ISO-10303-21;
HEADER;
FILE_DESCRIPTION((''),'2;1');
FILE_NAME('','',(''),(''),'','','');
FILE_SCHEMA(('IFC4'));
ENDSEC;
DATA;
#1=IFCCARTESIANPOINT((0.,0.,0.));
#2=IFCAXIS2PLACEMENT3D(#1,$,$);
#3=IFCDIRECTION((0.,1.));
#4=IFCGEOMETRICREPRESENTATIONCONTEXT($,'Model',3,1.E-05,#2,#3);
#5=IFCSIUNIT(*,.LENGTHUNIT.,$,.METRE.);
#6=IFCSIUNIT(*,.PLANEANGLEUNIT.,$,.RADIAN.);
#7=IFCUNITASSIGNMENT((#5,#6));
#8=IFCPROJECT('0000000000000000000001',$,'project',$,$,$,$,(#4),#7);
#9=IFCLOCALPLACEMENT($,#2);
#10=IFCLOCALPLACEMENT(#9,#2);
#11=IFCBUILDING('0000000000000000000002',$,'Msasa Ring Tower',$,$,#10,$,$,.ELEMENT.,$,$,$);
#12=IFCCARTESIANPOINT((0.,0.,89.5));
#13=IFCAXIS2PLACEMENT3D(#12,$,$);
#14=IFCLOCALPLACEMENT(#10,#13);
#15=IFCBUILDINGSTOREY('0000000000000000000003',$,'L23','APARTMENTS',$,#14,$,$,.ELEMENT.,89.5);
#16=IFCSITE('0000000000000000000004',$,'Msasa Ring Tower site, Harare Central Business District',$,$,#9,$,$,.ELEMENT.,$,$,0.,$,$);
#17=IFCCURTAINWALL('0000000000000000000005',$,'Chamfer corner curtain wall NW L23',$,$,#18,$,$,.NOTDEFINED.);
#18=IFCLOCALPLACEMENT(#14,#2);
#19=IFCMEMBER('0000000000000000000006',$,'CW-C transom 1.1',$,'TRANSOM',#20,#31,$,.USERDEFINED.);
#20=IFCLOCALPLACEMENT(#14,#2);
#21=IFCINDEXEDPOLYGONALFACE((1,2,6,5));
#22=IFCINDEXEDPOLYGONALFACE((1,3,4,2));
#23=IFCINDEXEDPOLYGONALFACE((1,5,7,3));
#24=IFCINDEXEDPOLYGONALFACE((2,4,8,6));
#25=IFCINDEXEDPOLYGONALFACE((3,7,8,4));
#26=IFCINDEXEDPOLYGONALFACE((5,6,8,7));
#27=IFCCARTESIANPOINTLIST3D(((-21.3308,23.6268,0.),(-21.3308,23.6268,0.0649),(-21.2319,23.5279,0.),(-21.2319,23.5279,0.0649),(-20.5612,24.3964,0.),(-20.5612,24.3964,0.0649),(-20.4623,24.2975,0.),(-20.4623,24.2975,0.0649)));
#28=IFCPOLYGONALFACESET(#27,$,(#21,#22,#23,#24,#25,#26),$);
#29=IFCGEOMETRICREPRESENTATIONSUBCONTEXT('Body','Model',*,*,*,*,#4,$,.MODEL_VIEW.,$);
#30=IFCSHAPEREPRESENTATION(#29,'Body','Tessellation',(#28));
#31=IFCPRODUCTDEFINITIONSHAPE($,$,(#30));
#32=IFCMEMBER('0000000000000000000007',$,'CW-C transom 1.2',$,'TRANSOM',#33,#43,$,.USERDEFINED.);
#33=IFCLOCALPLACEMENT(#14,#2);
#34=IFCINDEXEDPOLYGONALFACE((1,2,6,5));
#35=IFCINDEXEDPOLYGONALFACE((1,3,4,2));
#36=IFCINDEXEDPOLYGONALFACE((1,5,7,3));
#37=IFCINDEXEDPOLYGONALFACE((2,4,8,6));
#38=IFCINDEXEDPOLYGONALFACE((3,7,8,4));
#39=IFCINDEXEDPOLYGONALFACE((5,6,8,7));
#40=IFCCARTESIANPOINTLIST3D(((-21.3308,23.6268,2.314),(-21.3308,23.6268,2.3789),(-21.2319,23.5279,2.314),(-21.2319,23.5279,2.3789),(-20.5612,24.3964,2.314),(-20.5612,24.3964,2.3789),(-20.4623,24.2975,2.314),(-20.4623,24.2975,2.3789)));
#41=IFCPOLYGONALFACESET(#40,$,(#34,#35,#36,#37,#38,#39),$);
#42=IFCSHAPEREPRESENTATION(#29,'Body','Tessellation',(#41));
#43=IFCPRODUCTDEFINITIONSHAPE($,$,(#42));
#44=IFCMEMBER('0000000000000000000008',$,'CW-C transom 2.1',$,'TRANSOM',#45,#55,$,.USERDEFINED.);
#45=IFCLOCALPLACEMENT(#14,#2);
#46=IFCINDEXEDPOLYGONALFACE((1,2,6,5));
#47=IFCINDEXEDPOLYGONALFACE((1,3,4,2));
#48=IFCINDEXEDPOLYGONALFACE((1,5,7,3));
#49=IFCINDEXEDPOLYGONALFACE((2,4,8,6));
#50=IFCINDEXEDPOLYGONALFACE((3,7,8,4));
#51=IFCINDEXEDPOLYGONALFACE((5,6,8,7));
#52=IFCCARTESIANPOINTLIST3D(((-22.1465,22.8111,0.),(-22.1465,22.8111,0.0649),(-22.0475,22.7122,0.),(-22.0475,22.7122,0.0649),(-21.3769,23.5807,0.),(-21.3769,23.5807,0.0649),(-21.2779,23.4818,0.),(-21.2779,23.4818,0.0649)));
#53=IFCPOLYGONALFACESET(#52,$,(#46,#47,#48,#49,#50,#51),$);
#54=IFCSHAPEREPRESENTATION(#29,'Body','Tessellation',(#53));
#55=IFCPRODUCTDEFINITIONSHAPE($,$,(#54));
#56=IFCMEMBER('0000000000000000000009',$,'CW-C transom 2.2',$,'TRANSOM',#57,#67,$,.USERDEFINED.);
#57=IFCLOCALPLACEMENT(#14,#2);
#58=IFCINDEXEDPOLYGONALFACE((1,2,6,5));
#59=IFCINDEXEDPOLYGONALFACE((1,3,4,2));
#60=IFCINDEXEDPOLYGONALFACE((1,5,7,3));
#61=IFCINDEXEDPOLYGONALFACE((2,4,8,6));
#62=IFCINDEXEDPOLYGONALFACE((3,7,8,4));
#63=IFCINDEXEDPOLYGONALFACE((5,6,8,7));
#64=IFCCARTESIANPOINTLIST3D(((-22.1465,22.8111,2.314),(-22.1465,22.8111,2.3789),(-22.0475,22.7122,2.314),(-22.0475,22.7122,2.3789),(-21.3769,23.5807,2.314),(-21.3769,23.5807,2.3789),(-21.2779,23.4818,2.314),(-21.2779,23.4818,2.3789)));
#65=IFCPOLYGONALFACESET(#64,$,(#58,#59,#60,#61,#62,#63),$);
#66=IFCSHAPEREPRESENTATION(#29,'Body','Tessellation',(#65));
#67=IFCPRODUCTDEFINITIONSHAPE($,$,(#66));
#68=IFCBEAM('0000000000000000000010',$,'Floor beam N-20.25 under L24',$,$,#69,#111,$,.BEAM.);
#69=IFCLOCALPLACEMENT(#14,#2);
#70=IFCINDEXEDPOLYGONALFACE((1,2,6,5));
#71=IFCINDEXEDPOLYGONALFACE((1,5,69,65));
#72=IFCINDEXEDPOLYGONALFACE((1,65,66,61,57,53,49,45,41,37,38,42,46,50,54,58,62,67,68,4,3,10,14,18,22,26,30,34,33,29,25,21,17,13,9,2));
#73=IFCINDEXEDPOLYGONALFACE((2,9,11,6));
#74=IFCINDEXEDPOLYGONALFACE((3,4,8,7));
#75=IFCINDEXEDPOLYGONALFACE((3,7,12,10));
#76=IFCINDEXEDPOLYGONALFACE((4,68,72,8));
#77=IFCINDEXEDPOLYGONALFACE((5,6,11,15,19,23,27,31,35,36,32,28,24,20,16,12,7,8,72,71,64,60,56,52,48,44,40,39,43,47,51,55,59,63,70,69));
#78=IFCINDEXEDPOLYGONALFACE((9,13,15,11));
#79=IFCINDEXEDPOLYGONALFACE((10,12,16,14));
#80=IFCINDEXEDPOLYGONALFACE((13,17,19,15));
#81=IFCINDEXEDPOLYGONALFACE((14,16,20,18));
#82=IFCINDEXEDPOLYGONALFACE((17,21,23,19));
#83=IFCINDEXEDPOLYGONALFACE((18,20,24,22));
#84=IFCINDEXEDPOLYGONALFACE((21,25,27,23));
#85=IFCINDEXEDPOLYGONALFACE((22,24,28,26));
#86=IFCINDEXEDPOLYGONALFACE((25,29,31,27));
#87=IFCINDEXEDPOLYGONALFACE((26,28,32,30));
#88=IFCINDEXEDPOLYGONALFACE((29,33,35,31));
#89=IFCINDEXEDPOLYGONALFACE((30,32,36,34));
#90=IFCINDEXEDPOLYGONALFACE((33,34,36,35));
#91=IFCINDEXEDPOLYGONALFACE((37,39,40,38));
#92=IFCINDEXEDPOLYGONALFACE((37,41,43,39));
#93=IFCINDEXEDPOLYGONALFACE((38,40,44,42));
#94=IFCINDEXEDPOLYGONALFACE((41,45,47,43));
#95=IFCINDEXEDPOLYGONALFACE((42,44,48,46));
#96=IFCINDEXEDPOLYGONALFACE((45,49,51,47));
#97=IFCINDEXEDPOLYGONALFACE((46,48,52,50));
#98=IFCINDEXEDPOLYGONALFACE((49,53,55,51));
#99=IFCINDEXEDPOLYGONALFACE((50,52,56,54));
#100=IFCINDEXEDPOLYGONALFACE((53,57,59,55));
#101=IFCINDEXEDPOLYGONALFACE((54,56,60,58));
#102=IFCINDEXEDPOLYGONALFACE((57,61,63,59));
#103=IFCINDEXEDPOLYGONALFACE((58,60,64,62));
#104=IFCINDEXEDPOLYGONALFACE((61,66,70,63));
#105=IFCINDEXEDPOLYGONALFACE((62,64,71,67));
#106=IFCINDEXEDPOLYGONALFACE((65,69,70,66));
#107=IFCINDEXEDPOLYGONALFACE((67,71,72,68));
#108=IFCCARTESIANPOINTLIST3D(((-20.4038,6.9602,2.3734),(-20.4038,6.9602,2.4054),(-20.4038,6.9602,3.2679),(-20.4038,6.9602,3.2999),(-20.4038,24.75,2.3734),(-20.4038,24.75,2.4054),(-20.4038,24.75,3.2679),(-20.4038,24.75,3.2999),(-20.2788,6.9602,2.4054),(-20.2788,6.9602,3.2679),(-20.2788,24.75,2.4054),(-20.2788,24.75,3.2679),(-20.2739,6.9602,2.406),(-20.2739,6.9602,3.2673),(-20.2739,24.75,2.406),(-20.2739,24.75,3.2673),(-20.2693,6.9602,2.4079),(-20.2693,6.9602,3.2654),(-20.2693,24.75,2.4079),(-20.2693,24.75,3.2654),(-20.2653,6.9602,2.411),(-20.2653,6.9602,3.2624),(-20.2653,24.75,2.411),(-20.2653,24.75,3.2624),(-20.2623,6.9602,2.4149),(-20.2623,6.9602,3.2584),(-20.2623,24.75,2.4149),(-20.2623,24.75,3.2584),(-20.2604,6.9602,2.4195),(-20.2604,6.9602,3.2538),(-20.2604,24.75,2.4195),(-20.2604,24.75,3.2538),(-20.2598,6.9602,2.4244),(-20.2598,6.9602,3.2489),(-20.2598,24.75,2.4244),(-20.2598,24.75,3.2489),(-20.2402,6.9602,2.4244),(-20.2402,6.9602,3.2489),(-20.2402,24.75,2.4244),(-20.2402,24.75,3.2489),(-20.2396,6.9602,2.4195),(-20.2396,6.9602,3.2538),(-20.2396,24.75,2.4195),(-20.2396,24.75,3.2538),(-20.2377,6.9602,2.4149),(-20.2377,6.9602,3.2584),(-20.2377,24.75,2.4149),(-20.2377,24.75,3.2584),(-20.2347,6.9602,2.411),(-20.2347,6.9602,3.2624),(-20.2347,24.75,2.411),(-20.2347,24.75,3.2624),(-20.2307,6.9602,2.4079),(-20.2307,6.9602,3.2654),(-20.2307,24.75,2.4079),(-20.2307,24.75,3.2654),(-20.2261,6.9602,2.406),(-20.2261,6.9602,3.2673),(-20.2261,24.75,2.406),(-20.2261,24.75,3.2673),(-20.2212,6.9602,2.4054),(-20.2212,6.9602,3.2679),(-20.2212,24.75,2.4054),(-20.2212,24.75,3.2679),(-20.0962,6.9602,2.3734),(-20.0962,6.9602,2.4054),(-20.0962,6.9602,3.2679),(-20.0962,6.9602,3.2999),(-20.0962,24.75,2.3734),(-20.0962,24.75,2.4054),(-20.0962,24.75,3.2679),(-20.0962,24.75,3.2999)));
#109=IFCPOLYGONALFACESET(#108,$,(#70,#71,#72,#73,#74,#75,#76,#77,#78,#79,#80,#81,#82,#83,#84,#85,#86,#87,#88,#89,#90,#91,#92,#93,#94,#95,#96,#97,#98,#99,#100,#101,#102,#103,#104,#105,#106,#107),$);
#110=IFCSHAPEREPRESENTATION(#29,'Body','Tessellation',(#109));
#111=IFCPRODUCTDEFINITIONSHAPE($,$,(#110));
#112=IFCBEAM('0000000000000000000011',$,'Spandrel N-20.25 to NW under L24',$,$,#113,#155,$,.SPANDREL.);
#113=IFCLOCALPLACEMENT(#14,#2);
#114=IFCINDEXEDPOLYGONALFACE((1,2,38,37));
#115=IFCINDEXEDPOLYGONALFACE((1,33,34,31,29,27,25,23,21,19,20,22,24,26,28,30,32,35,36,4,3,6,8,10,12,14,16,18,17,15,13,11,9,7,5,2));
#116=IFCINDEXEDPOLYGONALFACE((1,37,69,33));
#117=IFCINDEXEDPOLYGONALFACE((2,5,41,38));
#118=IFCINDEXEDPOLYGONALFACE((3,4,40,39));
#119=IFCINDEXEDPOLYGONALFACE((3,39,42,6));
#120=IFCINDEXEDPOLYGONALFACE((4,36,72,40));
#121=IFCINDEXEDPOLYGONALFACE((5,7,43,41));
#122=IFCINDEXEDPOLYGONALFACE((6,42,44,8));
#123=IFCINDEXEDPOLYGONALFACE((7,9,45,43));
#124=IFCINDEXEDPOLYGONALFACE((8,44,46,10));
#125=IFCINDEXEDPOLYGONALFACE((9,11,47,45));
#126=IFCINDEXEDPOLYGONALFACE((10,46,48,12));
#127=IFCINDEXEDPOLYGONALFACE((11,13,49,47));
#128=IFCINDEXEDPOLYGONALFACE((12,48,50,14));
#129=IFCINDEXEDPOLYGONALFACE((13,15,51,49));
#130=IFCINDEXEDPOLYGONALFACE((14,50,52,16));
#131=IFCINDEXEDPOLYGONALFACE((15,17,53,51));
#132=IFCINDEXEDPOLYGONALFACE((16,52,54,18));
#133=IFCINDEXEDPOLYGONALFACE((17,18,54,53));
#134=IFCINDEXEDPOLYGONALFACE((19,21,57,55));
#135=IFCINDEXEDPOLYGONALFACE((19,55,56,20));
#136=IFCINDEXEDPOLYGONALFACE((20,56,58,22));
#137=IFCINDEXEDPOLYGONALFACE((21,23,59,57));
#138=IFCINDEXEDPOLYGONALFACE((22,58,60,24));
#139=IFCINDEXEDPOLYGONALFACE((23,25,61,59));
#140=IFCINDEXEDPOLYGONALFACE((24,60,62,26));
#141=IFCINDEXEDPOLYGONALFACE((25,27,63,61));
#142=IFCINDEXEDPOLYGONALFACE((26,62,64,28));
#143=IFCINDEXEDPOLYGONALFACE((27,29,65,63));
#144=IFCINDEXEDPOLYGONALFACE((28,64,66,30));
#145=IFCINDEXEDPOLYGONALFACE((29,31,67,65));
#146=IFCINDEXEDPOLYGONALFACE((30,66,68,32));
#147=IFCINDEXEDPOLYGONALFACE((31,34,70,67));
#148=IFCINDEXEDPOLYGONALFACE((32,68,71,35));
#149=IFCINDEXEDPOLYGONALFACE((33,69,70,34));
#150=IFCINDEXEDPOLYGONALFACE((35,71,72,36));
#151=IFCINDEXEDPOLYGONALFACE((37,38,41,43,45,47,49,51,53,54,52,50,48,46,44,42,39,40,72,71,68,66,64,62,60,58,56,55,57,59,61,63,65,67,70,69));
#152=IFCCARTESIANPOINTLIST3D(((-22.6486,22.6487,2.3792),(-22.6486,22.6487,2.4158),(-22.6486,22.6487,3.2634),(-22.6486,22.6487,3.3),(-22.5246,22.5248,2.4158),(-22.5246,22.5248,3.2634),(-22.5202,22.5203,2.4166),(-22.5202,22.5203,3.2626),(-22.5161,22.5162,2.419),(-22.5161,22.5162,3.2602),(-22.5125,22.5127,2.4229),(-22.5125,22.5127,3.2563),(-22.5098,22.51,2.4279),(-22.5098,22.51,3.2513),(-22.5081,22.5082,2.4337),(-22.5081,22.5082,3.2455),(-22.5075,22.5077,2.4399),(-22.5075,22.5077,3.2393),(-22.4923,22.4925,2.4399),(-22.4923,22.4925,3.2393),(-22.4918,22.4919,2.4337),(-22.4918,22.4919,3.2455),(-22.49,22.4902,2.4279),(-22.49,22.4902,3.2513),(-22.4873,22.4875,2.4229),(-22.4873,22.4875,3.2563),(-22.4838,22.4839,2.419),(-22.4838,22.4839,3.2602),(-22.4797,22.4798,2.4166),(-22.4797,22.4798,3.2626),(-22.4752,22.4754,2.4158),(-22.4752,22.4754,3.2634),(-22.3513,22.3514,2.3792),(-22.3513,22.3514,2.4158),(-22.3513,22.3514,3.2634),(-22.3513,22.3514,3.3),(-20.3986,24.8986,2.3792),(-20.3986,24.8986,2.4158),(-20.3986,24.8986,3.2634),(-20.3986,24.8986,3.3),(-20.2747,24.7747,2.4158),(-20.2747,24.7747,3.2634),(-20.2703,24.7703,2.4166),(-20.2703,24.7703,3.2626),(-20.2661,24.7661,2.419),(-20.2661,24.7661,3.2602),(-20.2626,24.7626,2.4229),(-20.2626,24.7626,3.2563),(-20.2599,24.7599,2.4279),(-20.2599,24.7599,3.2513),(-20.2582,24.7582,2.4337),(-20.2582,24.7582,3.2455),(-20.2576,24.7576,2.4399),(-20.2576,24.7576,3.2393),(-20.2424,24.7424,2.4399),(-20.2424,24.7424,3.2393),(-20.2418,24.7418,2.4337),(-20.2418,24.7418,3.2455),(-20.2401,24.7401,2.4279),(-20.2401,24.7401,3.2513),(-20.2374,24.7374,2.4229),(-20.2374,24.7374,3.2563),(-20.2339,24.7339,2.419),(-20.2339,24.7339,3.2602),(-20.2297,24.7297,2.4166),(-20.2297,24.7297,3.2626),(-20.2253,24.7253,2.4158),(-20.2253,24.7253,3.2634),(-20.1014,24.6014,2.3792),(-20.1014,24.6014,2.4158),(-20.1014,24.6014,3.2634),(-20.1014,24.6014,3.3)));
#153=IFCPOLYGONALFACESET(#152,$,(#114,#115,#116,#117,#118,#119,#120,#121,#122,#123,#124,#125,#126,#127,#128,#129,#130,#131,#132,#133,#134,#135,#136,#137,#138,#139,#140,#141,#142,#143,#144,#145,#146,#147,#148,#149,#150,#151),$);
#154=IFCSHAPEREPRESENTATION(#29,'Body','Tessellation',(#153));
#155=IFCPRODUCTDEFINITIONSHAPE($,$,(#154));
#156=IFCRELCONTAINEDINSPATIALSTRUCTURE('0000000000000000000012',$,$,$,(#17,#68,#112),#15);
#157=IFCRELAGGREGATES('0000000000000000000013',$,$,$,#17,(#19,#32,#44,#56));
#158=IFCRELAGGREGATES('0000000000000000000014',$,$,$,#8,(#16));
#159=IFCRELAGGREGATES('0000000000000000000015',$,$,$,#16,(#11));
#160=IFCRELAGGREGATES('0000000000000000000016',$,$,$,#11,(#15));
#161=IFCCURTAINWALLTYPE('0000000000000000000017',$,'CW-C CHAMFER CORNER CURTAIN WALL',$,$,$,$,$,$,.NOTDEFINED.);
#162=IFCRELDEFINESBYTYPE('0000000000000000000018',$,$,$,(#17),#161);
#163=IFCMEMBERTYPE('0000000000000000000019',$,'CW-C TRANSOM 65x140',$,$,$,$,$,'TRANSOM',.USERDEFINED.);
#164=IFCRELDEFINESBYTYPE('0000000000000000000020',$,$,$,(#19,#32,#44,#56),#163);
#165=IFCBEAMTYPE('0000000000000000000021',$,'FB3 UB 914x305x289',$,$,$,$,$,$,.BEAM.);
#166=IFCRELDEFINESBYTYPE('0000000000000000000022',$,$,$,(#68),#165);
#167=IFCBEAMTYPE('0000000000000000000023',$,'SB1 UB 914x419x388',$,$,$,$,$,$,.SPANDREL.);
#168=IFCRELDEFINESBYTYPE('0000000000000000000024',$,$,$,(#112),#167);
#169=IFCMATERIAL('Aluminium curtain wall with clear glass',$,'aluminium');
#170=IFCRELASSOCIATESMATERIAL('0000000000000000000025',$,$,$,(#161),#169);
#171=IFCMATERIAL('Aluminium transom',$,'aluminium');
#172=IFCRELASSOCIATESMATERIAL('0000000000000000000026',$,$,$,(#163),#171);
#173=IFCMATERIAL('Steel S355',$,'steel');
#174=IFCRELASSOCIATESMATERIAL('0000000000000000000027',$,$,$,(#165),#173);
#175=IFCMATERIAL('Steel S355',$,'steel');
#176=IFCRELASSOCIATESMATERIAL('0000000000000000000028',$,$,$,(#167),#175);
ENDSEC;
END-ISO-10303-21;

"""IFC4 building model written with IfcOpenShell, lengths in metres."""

from ifc_helpers import new_model, si_unit, direction, frame, origin, origin_2d, place, context, subcontext, project, spatial, rectangle, i_section, extrude, material, material_profile, profile_set, type_object, element, aggregate, save


model = new_model("IFC4")

# Units and contexts
model_context = context("Model", 3, precision=1e-05, world=origin(), true_north=direction((0.0, 1.0)))
body_context = subcontext(model_context, "Body", "Model", "MODEL_VIEW")
ifc_project = project(units=[si_unit("LENGTHUNIT", "METRE"), si_unit("PLANEANGLEUNIT", "RADIAN")], contexts=[model_context])

# Site, building, storey
site_placement = place(None, origin())
site = spatial("IfcSite", under=ifc_project, at=site_placement, Name="Msasa Ring Tower site, Harare Central Business District", CompositionType="ELEMENT", RefElevation=0.0)
building_placement = place(site_placement, origin())
building = spatial("IfcBuilding", under=site, at=building_placement, Name="Msasa Ring Tower", CompositionType="ELEMENT")
storey_placement = place(building_placement, frame((0.0, 0.0, 89.5)))
storey = spatial("IfcBuildingStorey", under=building, at=storey_placement, Name="L23", Description="APARTMENTS", CompositionType="ELEMENT", Elevation=89.5)

# Curtain wall
ifc_material_1 = material(Name="Aluminium curtain wall with clear glass", Category="aluminium")
curtain_wall_type = type_object("IfcCurtainWallType", Name="CW-C CHAMFER CORNER CURTAIN WALL", PredefinedType="NOTDEFINED", material=ifc_material_1)
curtain_wall_1_placement = place(storey_placement, origin())
curtain_wall_1 = element("IfcCurtainWall", 1, at=curtain_wall_1_placement, inside=storey, type_object=curtain_wall_type, Name="Chamfer corner curtain wall NW L23", PredefinedType="NOTDEFINED")

# Members
ifc_material_2 = material(Name="Aluminium transom", Category="aluminium")
ifc_material_profile_1 = material_profile(ifc_material_2, rectangle(XDim=0.1399, YDim=0.0649, at=origin_2d()), Name="AL 65x140")
ifc_profile_set_1 = profile_set([ifc_material_profile_1], Name="Aluminium transom")
member_type_1 = type_object("IfcMemberType", Name="CW-C TRANSOM 65x140", ElementType="TRANSOM", PredefinedType="USERDEFINED", material=ifc_profile_set_1)
member_1_placement = place(storey_placement, frame((-20.5117, 24.3469, 0.0325), z_axis=(-0.707107, -0.707107, 0.0), x_axis=(0.707107, -0.707107, 0.0)))
member_1 = element("IfcMember", 2, at=member_1_placement, type_object=member_type_1, Name="CW-C transom 1.1", ObjectType="TRANSOM", PredefinedType="USERDEFINED", context=body_context, shape_type="SweptSolid", body=[
    extrude(rectangle(XDim=0.1399, YDim=0.0649, at=origin_2d()), origin(), (0.0, 0.0, 1.0), 1.0884),
])
member_2_placement = place(storey_placement, frame((-20.5117, 24.3469, 2.3464), z_axis=(-0.707107, -0.707107, 0.0), x_axis=(0.707107, -0.707107, 0.0)))
member_2 = element("IfcMember", 3, at=member_2_placement, type_object=member_type_1, Name="CW-C transom 1.2", ObjectType="TRANSOM", PredefinedType="USERDEFINED", context=body_context, shape_type="SweptSolid", body=[
    extrude(rectangle(XDim=0.1399, YDim=0.0649, at=origin_2d()), origin(), (0.0, 0.0, 1.0), 1.0884),
])
member_3_placement = place(storey_placement, frame((-21.3274, 23.5312, 0.0325), z_axis=(-0.707107, -0.707107, 0.0), x_axis=(0.707107, -0.707107, 0.0)))
member_3 = element("IfcMember", 4, at=member_3_placement, type_object=member_type_1, Name="CW-C transom 2.1", ObjectType="TRANSOM", PredefinedType="USERDEFINED", context=body_context, shape_type="SweptSolid", body=[
    extrude(rectangle(XDim=0.1399, YDim=0.0649, at=origin_2d()), origin(), (0.0, 0.0, 1.0), 1.0884),
])
member_4_placement = place(storey_placement, frame((-21.3274, 23.5312, 2.3464), z_axis=(-0.707107, -0.707107, 0.0), x_axis=(0.707107, -0.707107, 0.0)))
member_4 = element("IfcMember", 5, at=member_4_placement, type_object=member_type_1, Name="CW-C transom 2.2", ObjectType="TRANSOM", PredefinedType="USERDEFINED", context=body_context, shape_type="SweptSolid", body=[
    extrude(rectangle(XDim=0.1399, YDim=0.0649, at=origin_2d()), origin(), (0.0, 0.0, 1.0), 1.0884),
])

# Beams
ifc_material_3 = material(Name="Steel S355", Category="steel")
ifc_material_profile_2 = material_profile(ifc_material_3, i_section(OverallWidth=0.3076, OverallDepth=0.9265, WebThickness=0.0195, FlangeThickness=0.032, FilletRadius=0.019, at=origin_2d()), Name="UB 914x305x289")
ifc_profile_set_2 = profile_set([ifc_material_profile_2], Name="Steel S355")
beam_type_1 = type_object("IfcBeamType", Name="FB3 UB 914x305x289", PredefinedType="BEAM", material=ifc_profile_set_2)
beam_placement = place(storey_placement, frame((-20.25, 24.75, 2.8367), z_axis=(0.0, -1.0, 0.0), x_axis=(1.0, 0.0, 0.0)))
element("IfcBeam", 6, at=beam_placement, inside=storey, type_object=beam_type_1, Name="Floor beam N-20.25 under L24", PredefinedType="BEAM", context=body_context, shape_type="SweptSolid", body=[
    extrude(i_section(OverallWidth=0.3076, OverallDepth=0.9265, WebThickness=0.0195, FlangeThickness=0.032, FilletRadius=0.019, at=origin_2d()), origin(), (0.0, 0.0, 1.0), 17.7898),
])
ifc_material_4 = material(Name="Steel S355", Category="steel")
ifc_material_profile_3 = material_profile(ifc_material_4, i_section(OverallWidth=0.4204, OverallDepth=0.9209, WebThickness=0.0215, FlangeThickness=0.0366, FilletRadius=0.0242, at=origin_2d()), Name="UB 914x419x388")
ifc_profile_set_3 = profile_set([ifc_material_profile_3], Name="Steel S355")
beam_type_2 = type_object("IfcBeamType", Name="SB1 UB 914x419x388", PredefinedType="SPANDREL", material=ifc_profile_set_3)
for number, where, z_axis, x_axis, name in (
    (7, (-20.25, 24.75, 2.8396), (-0.707107, -0.707107, 0.0), (0.707107, -0.707107, 0.0), "Spandrel N-20.25 to NW under L24"),
):
    element("IfcBeam", number, at=place(storey_placement, frame(where, z_axis=z_axis, x_axis=x_axis)), inside=storey, type_object=beam_type_2, Name=name, PredefinedType="SPANDREL", context=body_context, shape_type="SweptSolid", body=[
        extrude(i_section(OverallWidth=0.4204, OverallDepth=0.9209, WebThickness=0.0215, FlangeThickness=0.0366, FilletRadius=0.0242, at=origin_2d()), origin(), (0.0, 0.0, 1.0), 3.1819),
    ])

aggregate(curtain_wall_1, [member_1, member_2, member_3, member_4])

save(model, "model.ifc")
